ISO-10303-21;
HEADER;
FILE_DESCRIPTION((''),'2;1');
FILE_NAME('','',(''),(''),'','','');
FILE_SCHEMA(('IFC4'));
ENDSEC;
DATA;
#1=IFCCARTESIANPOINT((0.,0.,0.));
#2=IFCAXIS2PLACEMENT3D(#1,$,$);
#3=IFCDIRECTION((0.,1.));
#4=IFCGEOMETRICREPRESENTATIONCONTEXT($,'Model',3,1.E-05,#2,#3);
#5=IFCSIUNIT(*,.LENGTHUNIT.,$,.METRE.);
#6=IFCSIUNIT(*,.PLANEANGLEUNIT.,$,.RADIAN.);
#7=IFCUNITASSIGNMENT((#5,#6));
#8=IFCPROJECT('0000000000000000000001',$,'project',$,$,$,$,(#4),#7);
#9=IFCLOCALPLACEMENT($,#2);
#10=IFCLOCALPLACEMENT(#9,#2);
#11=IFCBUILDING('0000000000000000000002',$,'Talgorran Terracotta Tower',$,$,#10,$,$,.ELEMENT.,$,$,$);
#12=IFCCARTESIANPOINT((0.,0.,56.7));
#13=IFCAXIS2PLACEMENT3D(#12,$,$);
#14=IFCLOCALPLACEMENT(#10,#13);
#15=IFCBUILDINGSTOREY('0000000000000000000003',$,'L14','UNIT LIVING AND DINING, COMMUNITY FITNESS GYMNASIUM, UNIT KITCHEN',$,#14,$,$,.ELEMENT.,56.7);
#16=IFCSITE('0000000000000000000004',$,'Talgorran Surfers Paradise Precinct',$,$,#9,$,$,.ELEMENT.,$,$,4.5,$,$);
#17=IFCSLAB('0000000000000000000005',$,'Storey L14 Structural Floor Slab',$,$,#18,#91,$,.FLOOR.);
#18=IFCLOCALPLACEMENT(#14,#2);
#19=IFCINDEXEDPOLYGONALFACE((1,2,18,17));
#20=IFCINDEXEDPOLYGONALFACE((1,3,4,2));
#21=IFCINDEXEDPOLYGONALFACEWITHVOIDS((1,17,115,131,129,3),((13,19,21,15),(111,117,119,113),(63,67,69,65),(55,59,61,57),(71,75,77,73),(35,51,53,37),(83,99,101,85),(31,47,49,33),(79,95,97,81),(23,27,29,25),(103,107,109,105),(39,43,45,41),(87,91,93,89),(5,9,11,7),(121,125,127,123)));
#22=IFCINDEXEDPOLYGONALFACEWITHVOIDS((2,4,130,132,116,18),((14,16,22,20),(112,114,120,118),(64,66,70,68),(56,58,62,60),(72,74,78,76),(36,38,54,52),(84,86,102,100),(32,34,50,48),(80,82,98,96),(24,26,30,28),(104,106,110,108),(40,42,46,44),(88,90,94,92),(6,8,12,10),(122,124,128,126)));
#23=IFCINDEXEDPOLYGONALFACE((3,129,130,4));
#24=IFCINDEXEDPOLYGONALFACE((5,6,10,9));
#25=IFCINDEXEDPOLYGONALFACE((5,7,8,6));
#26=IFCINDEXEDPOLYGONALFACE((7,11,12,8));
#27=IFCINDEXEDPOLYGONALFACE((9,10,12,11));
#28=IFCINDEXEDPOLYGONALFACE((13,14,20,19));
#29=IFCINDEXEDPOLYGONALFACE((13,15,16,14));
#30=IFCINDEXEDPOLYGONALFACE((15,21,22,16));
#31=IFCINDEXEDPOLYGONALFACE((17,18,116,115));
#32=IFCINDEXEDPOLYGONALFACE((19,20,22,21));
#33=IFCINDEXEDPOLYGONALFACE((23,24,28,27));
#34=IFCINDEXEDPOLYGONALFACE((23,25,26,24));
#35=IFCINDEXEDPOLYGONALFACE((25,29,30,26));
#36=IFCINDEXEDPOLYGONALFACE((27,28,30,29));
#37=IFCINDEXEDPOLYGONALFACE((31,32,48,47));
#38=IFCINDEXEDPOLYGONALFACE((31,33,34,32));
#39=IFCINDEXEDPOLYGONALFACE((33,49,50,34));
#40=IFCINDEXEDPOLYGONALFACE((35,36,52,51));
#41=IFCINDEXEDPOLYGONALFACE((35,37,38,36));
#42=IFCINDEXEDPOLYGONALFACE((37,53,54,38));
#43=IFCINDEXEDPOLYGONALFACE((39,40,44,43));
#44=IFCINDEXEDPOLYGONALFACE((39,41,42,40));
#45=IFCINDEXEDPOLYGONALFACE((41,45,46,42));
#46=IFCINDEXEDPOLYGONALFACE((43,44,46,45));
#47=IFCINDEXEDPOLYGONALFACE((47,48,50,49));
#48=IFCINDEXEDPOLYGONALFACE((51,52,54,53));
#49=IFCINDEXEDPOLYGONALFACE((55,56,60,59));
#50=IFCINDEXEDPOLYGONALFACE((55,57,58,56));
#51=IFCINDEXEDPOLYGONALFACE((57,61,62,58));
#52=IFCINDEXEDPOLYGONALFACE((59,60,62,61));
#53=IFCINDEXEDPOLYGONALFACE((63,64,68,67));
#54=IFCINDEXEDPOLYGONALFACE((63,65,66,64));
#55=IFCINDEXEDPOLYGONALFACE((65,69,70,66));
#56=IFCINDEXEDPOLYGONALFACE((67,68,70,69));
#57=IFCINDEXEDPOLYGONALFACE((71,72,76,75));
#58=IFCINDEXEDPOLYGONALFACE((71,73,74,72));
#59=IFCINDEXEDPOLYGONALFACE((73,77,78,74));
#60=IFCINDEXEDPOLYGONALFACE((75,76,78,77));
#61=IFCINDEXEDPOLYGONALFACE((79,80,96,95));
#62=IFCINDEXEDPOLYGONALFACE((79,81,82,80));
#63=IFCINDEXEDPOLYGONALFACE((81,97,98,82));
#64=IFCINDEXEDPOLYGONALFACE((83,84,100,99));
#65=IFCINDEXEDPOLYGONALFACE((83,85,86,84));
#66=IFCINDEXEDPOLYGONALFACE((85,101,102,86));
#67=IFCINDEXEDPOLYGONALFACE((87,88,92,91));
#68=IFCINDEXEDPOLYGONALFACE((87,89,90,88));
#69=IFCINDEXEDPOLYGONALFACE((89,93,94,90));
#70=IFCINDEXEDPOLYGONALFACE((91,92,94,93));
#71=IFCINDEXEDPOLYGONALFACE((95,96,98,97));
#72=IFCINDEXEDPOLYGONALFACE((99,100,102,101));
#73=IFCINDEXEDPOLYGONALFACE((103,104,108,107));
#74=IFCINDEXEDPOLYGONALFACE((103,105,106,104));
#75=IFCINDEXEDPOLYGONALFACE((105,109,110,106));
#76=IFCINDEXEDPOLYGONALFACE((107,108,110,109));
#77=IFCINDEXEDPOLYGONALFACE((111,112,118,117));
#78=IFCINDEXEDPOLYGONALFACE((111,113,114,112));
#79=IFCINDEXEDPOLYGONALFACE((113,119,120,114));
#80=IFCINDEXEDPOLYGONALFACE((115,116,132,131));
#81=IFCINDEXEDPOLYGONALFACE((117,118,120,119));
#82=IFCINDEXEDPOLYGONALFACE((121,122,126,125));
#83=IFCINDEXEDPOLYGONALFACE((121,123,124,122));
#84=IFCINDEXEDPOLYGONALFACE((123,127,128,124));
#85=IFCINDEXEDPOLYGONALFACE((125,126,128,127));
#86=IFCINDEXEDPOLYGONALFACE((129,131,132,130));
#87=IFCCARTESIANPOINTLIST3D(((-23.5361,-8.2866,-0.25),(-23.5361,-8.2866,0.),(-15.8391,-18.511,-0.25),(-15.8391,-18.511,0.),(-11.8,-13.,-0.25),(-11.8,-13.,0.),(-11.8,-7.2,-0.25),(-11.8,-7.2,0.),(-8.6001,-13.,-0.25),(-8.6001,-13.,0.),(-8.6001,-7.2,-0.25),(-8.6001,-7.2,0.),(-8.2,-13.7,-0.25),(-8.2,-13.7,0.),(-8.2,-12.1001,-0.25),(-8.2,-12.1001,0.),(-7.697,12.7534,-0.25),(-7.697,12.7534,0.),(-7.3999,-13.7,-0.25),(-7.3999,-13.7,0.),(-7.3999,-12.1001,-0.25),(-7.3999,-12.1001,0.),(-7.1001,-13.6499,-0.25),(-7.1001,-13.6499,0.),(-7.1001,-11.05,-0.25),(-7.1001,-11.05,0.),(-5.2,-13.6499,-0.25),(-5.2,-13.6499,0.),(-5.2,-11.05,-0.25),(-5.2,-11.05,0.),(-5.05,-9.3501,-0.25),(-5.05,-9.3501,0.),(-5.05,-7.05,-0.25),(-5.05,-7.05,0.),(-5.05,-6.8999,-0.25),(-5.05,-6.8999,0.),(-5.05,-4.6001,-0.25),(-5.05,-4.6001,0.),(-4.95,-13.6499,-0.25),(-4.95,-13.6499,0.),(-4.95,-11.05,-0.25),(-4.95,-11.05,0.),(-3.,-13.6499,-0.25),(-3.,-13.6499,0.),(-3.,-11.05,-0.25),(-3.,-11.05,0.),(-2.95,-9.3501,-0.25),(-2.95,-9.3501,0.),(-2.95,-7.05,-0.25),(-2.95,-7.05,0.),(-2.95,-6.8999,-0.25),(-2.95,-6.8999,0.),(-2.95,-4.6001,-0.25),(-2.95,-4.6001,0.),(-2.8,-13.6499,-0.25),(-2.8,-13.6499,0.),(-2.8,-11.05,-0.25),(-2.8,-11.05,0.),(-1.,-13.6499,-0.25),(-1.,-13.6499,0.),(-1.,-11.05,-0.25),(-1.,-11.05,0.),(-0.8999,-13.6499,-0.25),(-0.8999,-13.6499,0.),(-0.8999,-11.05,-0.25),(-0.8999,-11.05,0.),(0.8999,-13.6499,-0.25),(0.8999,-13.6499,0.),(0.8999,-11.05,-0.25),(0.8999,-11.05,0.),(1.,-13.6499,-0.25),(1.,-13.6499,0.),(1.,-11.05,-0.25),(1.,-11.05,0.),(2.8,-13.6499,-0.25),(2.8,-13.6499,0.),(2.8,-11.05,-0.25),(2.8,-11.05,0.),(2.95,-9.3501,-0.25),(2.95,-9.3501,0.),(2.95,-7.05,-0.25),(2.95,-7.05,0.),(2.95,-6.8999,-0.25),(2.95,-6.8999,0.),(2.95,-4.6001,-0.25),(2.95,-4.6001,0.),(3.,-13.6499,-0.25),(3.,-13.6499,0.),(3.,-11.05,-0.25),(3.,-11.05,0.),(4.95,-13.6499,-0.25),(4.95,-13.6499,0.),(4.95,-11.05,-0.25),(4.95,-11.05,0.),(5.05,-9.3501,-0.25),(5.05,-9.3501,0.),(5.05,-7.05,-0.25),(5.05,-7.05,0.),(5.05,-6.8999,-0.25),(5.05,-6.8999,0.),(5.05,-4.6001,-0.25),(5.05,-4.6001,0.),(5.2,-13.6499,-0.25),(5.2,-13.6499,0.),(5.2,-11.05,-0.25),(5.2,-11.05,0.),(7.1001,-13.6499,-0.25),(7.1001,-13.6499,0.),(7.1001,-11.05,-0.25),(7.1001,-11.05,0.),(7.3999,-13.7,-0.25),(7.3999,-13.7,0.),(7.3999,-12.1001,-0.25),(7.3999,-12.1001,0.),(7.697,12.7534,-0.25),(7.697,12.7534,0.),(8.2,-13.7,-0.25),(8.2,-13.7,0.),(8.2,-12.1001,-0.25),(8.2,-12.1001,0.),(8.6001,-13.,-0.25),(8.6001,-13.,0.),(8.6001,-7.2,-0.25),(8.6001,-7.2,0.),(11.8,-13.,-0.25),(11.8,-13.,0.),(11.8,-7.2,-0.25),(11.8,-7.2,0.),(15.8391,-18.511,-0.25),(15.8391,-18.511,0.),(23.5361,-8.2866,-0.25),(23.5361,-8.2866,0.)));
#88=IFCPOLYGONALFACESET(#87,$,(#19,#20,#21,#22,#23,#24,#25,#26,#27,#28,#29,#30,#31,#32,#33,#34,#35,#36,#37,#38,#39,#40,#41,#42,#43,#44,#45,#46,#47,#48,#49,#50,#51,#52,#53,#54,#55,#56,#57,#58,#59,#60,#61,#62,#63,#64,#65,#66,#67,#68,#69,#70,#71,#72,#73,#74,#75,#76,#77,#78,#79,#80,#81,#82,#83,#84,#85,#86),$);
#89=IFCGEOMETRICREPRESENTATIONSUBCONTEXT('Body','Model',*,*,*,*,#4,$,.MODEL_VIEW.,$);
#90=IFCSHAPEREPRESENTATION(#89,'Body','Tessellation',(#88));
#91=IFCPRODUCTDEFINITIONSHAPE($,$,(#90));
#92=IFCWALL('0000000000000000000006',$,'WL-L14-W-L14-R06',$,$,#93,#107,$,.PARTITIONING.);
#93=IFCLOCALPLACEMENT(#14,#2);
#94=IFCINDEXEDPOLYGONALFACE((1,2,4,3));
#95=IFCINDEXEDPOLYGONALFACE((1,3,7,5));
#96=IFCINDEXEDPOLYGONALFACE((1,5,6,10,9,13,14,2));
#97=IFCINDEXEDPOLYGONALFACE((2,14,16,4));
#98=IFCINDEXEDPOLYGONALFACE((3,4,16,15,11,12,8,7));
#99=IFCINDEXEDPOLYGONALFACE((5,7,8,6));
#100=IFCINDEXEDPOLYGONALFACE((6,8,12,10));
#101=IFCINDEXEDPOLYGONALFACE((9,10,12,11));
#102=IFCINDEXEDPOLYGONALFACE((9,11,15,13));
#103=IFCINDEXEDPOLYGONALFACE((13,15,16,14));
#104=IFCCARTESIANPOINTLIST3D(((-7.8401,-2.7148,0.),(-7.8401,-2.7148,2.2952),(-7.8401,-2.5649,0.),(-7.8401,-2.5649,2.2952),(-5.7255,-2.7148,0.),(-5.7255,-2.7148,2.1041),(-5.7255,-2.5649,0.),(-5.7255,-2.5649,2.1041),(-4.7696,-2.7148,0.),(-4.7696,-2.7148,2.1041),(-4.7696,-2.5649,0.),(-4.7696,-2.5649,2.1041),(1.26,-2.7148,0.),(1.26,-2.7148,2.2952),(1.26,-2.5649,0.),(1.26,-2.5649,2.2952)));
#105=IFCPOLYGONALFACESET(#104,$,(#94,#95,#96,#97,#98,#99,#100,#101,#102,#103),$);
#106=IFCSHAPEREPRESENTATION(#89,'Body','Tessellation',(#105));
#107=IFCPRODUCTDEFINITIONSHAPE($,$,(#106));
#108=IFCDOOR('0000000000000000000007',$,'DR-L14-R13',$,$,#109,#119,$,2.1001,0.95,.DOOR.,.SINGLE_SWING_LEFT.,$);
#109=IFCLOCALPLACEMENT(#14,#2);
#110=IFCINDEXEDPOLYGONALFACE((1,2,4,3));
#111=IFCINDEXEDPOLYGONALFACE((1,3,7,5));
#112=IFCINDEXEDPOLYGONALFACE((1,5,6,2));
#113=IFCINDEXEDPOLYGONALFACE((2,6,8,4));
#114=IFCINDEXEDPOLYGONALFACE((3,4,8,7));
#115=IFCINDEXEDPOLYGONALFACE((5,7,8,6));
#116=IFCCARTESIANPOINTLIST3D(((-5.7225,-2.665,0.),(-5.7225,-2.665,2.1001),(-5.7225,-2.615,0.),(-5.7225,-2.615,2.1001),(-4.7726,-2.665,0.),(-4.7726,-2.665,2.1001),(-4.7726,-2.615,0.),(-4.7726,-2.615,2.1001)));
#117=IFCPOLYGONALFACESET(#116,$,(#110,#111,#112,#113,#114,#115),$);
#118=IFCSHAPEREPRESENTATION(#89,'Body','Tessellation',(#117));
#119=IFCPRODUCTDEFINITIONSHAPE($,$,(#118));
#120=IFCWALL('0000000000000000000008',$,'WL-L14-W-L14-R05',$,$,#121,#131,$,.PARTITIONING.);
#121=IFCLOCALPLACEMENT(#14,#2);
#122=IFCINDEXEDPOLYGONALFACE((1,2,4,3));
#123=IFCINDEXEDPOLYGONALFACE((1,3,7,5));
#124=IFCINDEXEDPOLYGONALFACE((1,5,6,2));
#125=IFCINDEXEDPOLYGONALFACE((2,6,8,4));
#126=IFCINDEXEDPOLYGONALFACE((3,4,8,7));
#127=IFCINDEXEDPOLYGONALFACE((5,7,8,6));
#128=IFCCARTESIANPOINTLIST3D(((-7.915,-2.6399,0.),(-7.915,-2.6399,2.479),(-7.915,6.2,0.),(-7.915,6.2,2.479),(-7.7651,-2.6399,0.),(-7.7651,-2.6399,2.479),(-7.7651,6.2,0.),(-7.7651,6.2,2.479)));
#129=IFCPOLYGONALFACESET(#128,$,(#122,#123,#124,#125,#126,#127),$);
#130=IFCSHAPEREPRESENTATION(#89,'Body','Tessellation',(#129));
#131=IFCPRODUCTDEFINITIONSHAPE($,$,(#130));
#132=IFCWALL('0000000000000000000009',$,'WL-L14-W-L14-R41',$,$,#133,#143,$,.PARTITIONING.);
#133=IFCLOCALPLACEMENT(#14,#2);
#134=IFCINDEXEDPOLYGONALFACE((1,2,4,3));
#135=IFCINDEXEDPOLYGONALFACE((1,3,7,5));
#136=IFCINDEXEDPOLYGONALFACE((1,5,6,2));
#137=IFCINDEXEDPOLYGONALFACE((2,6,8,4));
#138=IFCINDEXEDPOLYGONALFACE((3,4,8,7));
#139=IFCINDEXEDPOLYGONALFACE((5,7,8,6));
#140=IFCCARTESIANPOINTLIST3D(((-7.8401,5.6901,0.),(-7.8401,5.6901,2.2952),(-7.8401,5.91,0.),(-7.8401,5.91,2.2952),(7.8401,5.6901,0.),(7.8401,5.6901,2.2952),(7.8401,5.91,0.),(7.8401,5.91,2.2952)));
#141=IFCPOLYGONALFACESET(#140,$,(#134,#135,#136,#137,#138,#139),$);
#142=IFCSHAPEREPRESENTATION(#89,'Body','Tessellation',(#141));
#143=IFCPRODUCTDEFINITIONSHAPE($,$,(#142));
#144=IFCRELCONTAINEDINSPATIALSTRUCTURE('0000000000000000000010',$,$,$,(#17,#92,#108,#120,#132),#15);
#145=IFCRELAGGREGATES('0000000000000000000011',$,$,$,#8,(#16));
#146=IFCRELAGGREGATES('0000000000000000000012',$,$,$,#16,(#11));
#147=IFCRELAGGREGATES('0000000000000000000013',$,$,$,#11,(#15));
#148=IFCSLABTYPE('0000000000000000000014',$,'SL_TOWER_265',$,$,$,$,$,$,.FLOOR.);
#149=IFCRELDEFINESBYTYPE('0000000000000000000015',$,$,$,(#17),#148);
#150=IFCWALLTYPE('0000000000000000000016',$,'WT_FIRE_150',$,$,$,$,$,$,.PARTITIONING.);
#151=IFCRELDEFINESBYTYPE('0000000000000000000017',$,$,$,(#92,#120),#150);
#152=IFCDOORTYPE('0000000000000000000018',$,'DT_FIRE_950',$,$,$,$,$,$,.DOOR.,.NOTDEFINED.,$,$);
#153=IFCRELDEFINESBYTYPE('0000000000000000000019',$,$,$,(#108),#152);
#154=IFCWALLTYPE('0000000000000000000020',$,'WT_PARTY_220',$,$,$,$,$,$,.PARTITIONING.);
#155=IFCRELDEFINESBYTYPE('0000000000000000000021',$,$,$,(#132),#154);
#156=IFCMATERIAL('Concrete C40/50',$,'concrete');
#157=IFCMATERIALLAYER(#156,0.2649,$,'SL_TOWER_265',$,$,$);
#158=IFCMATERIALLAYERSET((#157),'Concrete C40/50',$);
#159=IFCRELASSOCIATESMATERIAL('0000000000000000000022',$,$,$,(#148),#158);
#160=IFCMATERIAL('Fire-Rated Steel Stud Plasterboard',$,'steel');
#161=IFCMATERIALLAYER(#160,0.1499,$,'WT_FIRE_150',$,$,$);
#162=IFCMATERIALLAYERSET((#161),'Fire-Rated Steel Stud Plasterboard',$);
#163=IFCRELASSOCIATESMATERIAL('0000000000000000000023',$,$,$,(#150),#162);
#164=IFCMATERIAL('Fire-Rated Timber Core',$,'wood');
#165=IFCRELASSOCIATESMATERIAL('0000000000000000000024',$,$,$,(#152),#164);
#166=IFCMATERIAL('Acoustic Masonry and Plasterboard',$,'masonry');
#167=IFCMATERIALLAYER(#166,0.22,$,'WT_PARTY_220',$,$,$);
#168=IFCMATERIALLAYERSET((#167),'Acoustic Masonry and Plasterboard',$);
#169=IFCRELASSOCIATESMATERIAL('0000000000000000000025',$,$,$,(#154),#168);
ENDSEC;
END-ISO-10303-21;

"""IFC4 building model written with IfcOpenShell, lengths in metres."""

from ifc_helpers import new_model, si_unit, direction, frame, frame_2d, origin, place, context, subcontext, project, spatial, polyline, rectangle, outline, extrude, material, layer, layer_set, type_object, element, fill, save


model = new_model("IFC4")

# Units and contexts
model_context = context("Model", 3, precision=1e-05, world=origin(), true_north=direction((0.0, 1.0)))
body_context = subcontext(model_context, "Body", "Model", "MODEL_VIEW")
ifc_project = project(units=[si_unit("LENGTHUNIT", "METRE"), si_unit("PLANEANGLEUNIT", "RADIAN")], contexts=[model_context])

# Site, building, storey
site_placement = place(None, origin())
site = spatial("IfcSite", under=ifc_project, at=site_placement, Name="Talgorran Surfers Paradise Precinct", CompositionType="ELEMENT", RefElevation=4.5)
building_placement = place(site_placement, origin())
building = spatial("IfcBuilding", under=site, at=building_placement, Name="Talgorran Terracotta Tower", CompositionType="ELEMENT")
storey_placement = place(building_placement, frame((0.0, 0.0, 56.7)))
storey = spatial("IfcBuildingStorey", under=building, at=storey_placement, Name="L14", Description="UNIT LIVING AND DINING, COMMUNITY FITNESS GYMNASIUM, UNIT KITCHEN", CompositionType="ELEMENT", Elevation=56.7)

# Slab
ifc_material_1 = material(Name="Concrete C40/50", Category="concrete")
ifc_layer_1 = layer(ifc_material_1, 0.2649, Name="SL_TOWER_265")
ifc_layer_set_1 = layer_set([ifc_layer_1], Name="Concrete C40/50")
slab_type_1 = type_object("IfcSlabType", Name="SL_TOWER_265", PredefinedType="FLOOR", material=ifc_layer_set_1)
slab_1_placement = place(storey_placement, frame((0.0, 0.0, -0.25)))
element("IfcSlab", 1, at=slab_1_placement, inside=storey, type_object=slab_type_1, Name="Storey L14 Structural Floor Slab", PredefinedType="FLOOR", context=body_context, shape_type="SweptSolid", body=[
    extrude(outline(polyline([(-23.5361, -8.2866), (-15.8391, -18.511), (15.8391, -18.511), (23.5361, -8.2866), (7.697, 12.7534), (-7.697, 12.7534), (-23.5361, -8.2866)]), holes=[polyline([(-11.8, -7.2), (-11.8, -13.0), (-8.6001, -13.0), (-8.6001, -7.2), (-11.8, -7.2)]), polyline([(8.6001, -7.2), (8.6001, -13.0), (11.8, -13.0), (11.8, -7.2), (8.6001, -7.2)]), polyline([(-7.1001, -13.6499), (-5.2, -13.6499), (-5.2, -11.05), (-7.1001, -11.05), (-7.1001, -13.6499)]), polyline([(5.2, -13.6499), (7.1001, -13.6499), (7.1001, -11.05), (5.2, -11.05), (5.2, -13.6499)]), polyline([(3.0, -13.6499), (4.95, -13.6499), (4.95, -11.05), (3.0, -11.05), (3.0, -13.6499)]), polyline([(-4.95, -13.6499), (-3.0, -13.6499), (-3.0, -11.05), (-4.95, -11.05), (-4.95, -13.6499)]), polyline([(-5.05, -9.3501), (-2.95, -9.3501), (-2.95, -7.05), (-5.05, -7.05), (-5.05, -9.3501)]), polyline([(-5.05, -6.8999), (-2.95, -6.8999), (-2.95, -4.6001), (-5.05, -4.6001), (-5.05, -6.8999)]), polyline([(2.95, -9.3501), (5.05, -9.3501), (5.05, -7.05), (2.95, -7.05), (2.95, -9.3501)]), polyline([(2.95, -6.8999), (5.05, -6.8999), (5.05, -4.6001), (2.95, -4.6001), (2.95, -6.8999)]), polyline([(-2.8, -13.6499), (-1.0, -13.6499), (-1.0, -11.05), (-2.8, -11.05), (-2.8, -13.6499)]), polyline([(-0.8999, -13.6499), (0.8999, -13.6499), (0.8999, -11.05), (-0.8999, -11.05), (-0.8999, -13.6499)]), polyline([(1.0, -13.6499), (2.8, -13.6499), (2.8, -11.05), (1.0, -11.05), (1.0, -13.6499)]), polyline([(-8.2, -13.7), (-7.3999, -13.7), (-7.3999, -12.1001), (-8.2, -12.1001), (-8.2, -13.7)]), polyline([(7.3999, -13.7), (8.2, -13.7), (8.2, -12.1001), (7.3999, -12.1001), (7.3999, -13.7)])]), origin(), (0.0, 0.0, 1.0), 0.25),
])

# Wall, opening, door
ifc_material_2 = material(Name="Fire-Rated Steel Stud Plasterboard", Category="steel")
ifc_layer_2 = layer(ifc_material_2, 0.1499, Name="WT_FIRE_150")
ifc_layer_set_2 = layer_set([ifc_layer_2], Name="Fire-Rated Steel Stud Plasterboard")
wall_type_1 = type_object("IfcWallType", Name="WT_FIRE_150", PredefinedType="PARTITIONING", material=ifc_layer_set_2)
wall_1_placement = place(storey_placement, frame((-7.8401, -2.6399, 0.0), z_axis=(0.0, 0.0, 1.0), x_axis=(1.0, 0.0, 0.0)))
wall_1 = element("IfcWall", 2, at=wall_1_placement, inside=storey, type_object=wall_type_1, Name="WL-L14-W-L14-R06", PredefinedType="PARTITIONING", context=body_context, shape_type="SweptSolid", body=[
    extrude(rectangle(XDim=9.1001, YDim=0.1499, at=frame_2d((4.55, 0.0))), origin(), (0.0, 0.0, 1.0), 2.2952),
])
opening_placement = place(wall_1_placement, frame((2.1174, 0.0, 0.0)))
opening = element("IfcOpeningElement", 3, at=opening_placement, cuts=wall_1, PredefinedType="OPENING", context=body_context, shape_type="SweptSolid", body=[
    extrude(rectangle(XDim=0.956, YDim=2.1041, at=frame_2d((0.4751, 1.052))), frame((0.0, 0.085, 0.0), z_axis=(0.0, -1.0, 0.0), x_axis=(1.0, 0.0, 0.0)), (0.0, 0.0, 1.0), 0.1699),
])
ifc_material_3 = material(Name="Fire-Rated Timber Core", Category="wood")
door_type = type_object("IfcDoorType", Name="DT_FIRE_950", OperationType="NOTDEFINED", PredefinedType="DOOR", material=ifc_material_3)
door_placement = place(opening_placement, origin())
door = element("IfcDoor", 4, at=door_placement, inside=storey, type_object=door_type, Name="DR-L14-R13", OperationType="SINGLE_SWING_LEFT", OverallHeight=2.1001, OverallWidth=0.95, PredefinedType="DOOR", context=body_context, shape_type="SweptSolid", body=[
    extrude(rectangle(XDim=0.95, YDim=2.1001, at=frame_2d((0.4751, 1.05))), frame((0.0, 0.0249, 0.0), z_axis=(0.0, -1.0, 0.0), x_axis=(1.0, 0.0, 0.0)), (0.0, 0.0, 1.0), 0.05),
])
fill(opening, door)

# Walls
wall_2_placement = place(storey_placement, frame((-7.8401, -2.6399, 0.0), z_axis=(0.0, 0.0, 1.0), x_axis=(0.0, 1.0, 0.0)))
element("IfcWall", 5, at=wall_2_placement, inside=storey, type_object=wall_type_1, Name="WL-L14-W-L14-R05", PredefinedType="PARTITIONING", context=body_context, shape_type="SweptSolid", body=[
    extrude(rectangle(XDim=8.8398, YDim=0.1499, at=frame_2d((4.4199, 0.0))), origin(), (0.0, 0.0, 1.0), 2.479),
])
ifc_material_4 = material(Name="Acoustic Masonry and Plasterboard", Category="masonry")
ifc_layer_3 = layer(ifc_material_4, 0.22, Name="WT_PARTY_220")
ifc_layer_set_3 = layer_set([ifc_layer_3], Name="Acoustic Masonry and Plasterboard")
wall_type_2 = type_object("IfcWallType", Name="WT_PARTY_220", PredefinedType="PARTITIONING", material=ifc_layer_set_3)
wall_3_placement = place(storey_placement, frame((-7.8401, 5.8, 0.0), z_axis=(0.0, 0.0, 1.0), x_axis=(1.0, 0.0, 0.0)))
element("IfcWall", 6, at=wall_3_placement, inside=storey, type_object=wall_type_2, Name="WL-L14-W-L14-R41", PredefinedType="PARTITIONING", context=body_context, shape_type="SweptSolid", body=[
    extrude(rectangle(XDim=15.6802, YDim=0.22, at=frame_2d((7.8401, 0.0))), origin(), (0.0, 0.0, 1.0), 2.2952),
])

save(model, "model.ifc")
